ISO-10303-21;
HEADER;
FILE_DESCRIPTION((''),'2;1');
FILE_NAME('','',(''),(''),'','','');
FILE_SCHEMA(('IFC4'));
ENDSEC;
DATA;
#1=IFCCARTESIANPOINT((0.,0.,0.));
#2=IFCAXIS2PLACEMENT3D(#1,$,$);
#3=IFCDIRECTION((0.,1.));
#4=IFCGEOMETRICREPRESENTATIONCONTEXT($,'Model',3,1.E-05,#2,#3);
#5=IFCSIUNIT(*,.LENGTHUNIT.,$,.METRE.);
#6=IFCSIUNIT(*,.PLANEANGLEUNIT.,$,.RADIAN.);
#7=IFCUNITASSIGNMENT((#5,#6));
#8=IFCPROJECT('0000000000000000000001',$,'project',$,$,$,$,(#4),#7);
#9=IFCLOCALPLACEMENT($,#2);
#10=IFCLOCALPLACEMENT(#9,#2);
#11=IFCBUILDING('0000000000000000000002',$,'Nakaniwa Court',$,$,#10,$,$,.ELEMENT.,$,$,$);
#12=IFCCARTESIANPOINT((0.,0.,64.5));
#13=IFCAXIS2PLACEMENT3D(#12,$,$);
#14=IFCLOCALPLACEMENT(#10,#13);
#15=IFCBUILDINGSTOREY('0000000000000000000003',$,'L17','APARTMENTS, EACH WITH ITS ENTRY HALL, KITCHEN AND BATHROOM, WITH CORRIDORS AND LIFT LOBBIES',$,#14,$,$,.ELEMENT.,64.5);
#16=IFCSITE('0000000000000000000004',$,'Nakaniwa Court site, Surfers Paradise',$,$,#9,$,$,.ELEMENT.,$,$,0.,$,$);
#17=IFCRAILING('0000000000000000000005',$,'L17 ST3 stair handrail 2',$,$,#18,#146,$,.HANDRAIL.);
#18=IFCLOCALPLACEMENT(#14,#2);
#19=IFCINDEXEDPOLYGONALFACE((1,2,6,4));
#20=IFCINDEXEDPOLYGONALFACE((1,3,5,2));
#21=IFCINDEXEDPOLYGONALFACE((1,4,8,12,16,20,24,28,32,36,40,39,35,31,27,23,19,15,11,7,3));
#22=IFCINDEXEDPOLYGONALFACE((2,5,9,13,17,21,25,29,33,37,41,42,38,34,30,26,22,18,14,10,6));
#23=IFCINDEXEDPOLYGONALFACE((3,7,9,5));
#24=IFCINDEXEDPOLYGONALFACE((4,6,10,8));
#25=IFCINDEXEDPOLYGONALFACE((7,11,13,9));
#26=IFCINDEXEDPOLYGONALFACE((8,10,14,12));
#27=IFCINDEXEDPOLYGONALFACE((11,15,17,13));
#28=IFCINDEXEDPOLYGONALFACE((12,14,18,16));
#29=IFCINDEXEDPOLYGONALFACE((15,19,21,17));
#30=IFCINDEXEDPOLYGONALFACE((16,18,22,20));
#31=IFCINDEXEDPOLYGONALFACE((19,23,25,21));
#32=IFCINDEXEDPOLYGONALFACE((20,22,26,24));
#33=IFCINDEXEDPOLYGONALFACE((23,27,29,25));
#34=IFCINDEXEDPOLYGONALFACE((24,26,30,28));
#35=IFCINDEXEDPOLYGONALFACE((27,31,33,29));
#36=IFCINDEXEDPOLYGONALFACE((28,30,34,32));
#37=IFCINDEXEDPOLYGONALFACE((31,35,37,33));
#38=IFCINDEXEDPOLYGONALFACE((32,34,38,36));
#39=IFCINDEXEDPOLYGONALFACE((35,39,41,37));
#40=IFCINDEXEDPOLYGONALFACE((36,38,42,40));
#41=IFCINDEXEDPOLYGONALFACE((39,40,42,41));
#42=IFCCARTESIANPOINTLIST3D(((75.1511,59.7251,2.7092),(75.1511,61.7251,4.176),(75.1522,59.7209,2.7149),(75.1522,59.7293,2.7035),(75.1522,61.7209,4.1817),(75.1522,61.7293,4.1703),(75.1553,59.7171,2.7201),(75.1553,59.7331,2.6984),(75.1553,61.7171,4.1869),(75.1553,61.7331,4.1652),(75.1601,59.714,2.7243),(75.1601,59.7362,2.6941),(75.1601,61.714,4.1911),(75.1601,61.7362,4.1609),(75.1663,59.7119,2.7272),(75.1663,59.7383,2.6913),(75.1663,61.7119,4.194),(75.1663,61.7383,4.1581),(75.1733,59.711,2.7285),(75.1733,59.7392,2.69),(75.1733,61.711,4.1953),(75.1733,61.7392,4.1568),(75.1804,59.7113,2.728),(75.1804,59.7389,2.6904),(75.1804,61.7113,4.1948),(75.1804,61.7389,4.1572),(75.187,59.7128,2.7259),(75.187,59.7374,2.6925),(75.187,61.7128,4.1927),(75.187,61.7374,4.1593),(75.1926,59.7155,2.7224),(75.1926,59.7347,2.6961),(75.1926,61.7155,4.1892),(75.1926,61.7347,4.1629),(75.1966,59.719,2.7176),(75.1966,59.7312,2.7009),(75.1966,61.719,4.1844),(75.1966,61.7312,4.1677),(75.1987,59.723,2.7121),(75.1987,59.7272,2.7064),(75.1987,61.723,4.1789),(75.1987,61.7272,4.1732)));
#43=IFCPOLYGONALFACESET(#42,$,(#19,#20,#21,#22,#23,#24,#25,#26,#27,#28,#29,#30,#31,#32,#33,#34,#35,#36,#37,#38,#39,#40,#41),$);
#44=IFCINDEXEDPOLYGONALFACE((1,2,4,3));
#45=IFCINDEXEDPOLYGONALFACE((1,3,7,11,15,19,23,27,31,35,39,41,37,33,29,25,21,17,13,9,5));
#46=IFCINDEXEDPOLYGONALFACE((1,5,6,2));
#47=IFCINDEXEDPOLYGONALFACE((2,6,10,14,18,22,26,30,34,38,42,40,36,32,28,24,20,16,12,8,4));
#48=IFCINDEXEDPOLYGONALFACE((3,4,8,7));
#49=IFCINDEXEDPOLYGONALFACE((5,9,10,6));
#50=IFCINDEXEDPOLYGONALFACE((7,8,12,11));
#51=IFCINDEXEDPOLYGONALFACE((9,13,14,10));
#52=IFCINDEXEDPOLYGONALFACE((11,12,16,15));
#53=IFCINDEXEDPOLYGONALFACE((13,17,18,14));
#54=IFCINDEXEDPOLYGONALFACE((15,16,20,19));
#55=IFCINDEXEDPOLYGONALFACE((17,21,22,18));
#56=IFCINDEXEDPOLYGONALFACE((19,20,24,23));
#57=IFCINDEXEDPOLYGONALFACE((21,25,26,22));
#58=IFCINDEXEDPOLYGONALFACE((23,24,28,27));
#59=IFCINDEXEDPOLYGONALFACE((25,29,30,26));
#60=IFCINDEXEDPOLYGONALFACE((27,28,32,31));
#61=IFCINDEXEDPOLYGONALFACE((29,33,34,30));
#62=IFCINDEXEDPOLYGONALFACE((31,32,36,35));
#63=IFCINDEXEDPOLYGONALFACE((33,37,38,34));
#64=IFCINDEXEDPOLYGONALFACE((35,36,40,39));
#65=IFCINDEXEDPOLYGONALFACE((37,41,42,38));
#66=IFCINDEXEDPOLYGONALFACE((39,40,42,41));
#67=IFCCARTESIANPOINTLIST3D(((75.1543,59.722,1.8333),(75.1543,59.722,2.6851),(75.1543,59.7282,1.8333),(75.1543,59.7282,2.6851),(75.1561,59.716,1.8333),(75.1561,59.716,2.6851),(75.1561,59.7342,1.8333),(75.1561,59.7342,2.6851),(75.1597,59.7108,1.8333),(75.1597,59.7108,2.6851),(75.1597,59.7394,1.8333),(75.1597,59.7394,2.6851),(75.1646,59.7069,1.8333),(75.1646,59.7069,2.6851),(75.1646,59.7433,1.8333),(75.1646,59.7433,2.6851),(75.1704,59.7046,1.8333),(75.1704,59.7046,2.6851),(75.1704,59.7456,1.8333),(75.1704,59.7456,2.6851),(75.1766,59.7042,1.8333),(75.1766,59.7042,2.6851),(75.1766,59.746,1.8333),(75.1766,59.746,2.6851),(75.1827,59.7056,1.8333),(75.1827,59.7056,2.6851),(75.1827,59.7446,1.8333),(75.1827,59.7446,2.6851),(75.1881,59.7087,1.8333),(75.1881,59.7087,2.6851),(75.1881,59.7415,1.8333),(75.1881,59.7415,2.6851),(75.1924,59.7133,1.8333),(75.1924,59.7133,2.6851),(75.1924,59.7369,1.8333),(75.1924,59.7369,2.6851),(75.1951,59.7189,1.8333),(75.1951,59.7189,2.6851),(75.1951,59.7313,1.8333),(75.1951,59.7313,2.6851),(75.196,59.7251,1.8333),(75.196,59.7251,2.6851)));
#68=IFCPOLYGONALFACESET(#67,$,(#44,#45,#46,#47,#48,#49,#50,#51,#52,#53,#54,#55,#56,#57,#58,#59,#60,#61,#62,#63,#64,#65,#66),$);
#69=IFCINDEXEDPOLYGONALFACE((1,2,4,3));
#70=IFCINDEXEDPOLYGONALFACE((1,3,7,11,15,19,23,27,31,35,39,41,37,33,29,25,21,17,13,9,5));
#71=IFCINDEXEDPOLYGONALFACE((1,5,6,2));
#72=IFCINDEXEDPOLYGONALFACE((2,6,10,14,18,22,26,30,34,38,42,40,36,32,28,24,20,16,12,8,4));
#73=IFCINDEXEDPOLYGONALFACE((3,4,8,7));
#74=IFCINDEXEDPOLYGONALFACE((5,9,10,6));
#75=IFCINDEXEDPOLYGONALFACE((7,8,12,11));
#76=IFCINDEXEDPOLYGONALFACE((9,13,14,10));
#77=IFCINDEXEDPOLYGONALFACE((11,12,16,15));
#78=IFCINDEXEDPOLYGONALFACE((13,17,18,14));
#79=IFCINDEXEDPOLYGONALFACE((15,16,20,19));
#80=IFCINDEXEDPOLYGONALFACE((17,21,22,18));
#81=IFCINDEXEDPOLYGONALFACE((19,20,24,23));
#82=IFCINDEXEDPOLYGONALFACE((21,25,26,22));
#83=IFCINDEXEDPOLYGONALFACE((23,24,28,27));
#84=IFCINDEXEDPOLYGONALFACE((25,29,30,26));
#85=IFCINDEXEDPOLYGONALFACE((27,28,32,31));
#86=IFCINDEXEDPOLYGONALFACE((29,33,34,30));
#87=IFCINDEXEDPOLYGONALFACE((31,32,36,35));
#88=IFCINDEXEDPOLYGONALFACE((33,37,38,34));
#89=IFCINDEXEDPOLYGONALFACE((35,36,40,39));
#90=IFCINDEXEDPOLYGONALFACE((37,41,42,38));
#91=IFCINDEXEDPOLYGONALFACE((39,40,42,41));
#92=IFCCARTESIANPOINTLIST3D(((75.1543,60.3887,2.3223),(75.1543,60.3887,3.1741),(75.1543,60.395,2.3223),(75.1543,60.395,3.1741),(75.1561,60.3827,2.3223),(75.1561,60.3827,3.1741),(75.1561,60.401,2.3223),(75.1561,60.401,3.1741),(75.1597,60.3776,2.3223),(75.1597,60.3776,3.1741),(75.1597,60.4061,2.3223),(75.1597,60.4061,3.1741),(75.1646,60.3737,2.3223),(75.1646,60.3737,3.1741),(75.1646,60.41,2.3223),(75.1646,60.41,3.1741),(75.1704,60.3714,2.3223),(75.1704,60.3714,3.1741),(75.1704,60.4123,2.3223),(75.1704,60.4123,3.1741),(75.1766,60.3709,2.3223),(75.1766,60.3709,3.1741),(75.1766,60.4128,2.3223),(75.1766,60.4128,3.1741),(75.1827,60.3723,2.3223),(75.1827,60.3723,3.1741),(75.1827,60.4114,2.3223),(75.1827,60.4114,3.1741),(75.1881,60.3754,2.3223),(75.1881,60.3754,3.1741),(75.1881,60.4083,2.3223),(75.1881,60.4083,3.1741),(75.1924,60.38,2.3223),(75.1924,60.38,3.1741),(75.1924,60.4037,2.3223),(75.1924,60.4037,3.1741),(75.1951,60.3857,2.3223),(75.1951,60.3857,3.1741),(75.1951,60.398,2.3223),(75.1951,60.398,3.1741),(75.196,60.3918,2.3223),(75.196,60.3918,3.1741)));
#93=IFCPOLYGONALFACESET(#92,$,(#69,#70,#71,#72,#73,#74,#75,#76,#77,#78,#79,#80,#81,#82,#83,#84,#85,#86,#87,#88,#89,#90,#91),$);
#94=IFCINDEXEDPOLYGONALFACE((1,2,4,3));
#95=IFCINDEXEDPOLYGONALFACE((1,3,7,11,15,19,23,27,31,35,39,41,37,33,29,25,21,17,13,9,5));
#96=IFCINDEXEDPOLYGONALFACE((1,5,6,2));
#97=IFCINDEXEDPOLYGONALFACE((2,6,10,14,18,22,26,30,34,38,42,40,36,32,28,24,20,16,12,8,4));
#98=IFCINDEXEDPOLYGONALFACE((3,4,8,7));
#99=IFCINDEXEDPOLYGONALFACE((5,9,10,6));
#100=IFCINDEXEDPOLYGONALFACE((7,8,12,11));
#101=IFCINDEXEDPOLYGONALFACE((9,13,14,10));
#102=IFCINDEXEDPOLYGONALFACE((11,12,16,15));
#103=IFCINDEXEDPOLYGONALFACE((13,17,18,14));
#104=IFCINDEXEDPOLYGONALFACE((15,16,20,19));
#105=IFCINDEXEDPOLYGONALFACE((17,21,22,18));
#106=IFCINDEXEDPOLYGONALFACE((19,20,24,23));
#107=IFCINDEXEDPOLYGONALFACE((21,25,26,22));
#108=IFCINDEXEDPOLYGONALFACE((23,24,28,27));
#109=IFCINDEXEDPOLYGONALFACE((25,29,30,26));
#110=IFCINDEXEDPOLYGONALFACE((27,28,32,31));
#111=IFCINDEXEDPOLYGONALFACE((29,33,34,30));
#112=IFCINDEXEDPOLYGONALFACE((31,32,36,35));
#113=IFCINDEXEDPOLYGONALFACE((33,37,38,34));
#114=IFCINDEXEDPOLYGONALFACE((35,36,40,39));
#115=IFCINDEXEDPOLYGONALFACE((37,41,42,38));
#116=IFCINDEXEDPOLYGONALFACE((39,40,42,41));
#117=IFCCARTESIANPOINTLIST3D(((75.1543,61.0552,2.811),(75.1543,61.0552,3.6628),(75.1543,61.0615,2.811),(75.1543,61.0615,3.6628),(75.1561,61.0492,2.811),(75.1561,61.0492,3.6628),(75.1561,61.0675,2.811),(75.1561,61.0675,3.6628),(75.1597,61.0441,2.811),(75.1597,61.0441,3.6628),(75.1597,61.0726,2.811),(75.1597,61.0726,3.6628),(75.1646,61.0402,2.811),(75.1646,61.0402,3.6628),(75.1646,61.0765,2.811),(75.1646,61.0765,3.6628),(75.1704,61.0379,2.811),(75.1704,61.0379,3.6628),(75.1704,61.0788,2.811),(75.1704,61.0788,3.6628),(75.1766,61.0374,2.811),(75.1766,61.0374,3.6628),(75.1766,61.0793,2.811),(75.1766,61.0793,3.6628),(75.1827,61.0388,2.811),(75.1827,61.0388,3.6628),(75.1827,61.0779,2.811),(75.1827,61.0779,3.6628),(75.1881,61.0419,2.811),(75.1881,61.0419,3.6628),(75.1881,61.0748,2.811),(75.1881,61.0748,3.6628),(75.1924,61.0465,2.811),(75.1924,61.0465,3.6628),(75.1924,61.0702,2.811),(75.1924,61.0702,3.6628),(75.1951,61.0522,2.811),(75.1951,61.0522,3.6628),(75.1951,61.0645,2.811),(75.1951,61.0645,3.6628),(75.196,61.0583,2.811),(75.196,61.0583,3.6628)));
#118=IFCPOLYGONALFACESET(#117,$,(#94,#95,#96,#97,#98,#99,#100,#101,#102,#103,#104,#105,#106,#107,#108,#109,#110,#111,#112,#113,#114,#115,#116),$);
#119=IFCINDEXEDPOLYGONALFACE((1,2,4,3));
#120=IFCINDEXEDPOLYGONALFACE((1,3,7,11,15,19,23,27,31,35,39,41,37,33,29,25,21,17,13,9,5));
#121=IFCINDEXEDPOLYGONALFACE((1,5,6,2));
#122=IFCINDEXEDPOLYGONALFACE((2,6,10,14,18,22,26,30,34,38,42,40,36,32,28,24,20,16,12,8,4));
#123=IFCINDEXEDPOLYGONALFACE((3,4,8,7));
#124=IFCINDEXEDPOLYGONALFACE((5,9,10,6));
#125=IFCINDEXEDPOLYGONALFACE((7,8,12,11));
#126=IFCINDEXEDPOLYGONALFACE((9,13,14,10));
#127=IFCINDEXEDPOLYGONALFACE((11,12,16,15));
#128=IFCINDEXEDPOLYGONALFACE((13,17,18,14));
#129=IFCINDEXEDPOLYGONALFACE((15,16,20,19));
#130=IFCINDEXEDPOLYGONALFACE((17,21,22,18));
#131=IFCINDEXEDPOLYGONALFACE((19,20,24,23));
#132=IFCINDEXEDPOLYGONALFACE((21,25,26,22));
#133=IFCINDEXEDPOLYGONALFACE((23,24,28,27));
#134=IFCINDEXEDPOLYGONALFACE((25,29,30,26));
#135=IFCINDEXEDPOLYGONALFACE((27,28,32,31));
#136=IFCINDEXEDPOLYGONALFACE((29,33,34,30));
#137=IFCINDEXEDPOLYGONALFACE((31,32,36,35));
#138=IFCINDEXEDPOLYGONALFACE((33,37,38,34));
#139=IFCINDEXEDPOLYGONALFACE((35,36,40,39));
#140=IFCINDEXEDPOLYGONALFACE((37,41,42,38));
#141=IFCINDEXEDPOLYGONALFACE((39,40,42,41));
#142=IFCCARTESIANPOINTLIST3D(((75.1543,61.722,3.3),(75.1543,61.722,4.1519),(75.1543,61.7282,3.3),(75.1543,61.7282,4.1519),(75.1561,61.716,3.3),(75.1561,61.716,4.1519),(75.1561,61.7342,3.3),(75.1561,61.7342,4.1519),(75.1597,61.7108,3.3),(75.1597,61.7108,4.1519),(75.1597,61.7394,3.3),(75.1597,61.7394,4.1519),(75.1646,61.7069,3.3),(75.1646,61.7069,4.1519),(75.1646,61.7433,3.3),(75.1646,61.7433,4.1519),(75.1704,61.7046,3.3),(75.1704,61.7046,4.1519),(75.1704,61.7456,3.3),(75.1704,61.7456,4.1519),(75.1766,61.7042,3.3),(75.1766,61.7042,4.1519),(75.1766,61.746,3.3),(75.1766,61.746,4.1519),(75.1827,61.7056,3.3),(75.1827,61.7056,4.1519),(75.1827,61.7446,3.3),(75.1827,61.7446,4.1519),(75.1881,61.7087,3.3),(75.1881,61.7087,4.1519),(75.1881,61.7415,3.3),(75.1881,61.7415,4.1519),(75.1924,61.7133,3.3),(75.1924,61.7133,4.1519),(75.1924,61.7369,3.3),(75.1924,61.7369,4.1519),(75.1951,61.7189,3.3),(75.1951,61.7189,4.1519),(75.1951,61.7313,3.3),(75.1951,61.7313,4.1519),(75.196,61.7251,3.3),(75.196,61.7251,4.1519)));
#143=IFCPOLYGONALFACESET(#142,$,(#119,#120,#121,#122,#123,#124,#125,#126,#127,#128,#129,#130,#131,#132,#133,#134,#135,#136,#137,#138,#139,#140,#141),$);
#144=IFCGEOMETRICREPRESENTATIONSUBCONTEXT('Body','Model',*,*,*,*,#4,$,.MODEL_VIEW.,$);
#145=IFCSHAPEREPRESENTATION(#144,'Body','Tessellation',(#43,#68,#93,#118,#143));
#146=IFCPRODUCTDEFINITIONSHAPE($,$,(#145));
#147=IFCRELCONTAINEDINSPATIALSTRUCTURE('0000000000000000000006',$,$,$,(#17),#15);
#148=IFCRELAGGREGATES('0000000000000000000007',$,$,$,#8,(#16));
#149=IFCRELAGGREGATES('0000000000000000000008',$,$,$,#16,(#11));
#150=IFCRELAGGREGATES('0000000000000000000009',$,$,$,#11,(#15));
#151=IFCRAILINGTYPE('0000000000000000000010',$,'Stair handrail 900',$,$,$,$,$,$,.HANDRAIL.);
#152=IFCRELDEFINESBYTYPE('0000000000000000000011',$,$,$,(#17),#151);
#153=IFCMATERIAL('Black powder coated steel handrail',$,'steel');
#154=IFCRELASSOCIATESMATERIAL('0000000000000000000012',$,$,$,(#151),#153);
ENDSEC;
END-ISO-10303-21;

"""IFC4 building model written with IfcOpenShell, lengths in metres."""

from ifc_helpers import new_model, si_unit, direction, frame, origin, origin_2d, place, context, subcontext, project, spatial, circle, extrude, material, type_object, element, save


model = new_model("IFC4")

# Units and contexts
model_context = context("Model", 3, precision=1e-05, world=origin(), true_north=direction((0.0, 1.0)))
body_context = subcontext(model_context, "Body", "Model", "MODEL_VIEW")
ifc_project = project(units=[si_unit("LENGTHUNIT", "METRE"), si_unit("PLANEANGLEUNIT", "RADIAN")], contexts=[model_context])

# Site, building, storey
site_placement = place(None, origin())
site = spatial("IfcSite", under=ifc_project, at=site_placement, Name="Nakaniwa Court site, Surfers Paradise", CompositionType="ELEMENT", RefElevation=0.0)
building_placement = place(site_placement, origin())
building = spatial("IfcBuilding", under=site, at=building_placement, Name="Nakaniwa Court", CompositionType="ELEMENT")
storey_placement = place(building_placement, frame((0.0, 0.0, 64.5)))
storey = spatial("IfcBuildingStorey", under=building, at=storey_placement, Name="L17", Description="APARTMENTS, EACH WITH ITS ENTRY HALL, KITCHEN AND BATHROOM, WITH CORRIDORS AND LIFT LOBBIES", CompositionType="ELEMENT", Elevation=64.5)

# Railing
ifc_material_1 = material(Name="Black powder coated steel handrail", Category="steel")
railing_type_1 = type_object("IfcRailingType", Name="Stair handrail 900", PredefinedType="HANDRAIL", material=ifc_material_1)
railing_1_placement = place(storey_placement, frame((75.175, 59.7251, 1.8333)))
element("IfcRailing", 1, at=railing_1_placement, inside=storey, type_object=railing_type_1, Name="L17 ST3 stair handrail 2", PredefinedType="HANDRAIL", context=body_context, shape_type="SweptSolid", body=[
    extrude(circle(Radius=0.0239, at=origin_2d()), frame((0.0, 0.0, 0.876), z_axis=(0.0, 0.80638, 0.591398), x_axis=(-1.0, 0.0, 0.0)), (0.0, 0.0, 1.0), 2.4802),
    extrude(circle(Radius=0.021, at=origin_2d()), origin(), (0.0, 0.0, 1.0), 0.8518),
    extrude(circle(Radius=0.021, at=origin_2d()), frame((0.0, 0.6667, 0.489)), (0.0, 0.0, 1.0), 0.8518),
    extrude(circle(Radius=0.021, at=origin_2d()), frame((0.0, 1.3333, 0.9778)), (0.0, 0.0, 1.0), 0.8518),
    extrude(circle(Radius=0.021, at=origin_2d()), frame((0.0, 2.0, 1.4668)), (0.0, 0.0, 1.0), 0.8518),
])

save(model, "model.ifc")
